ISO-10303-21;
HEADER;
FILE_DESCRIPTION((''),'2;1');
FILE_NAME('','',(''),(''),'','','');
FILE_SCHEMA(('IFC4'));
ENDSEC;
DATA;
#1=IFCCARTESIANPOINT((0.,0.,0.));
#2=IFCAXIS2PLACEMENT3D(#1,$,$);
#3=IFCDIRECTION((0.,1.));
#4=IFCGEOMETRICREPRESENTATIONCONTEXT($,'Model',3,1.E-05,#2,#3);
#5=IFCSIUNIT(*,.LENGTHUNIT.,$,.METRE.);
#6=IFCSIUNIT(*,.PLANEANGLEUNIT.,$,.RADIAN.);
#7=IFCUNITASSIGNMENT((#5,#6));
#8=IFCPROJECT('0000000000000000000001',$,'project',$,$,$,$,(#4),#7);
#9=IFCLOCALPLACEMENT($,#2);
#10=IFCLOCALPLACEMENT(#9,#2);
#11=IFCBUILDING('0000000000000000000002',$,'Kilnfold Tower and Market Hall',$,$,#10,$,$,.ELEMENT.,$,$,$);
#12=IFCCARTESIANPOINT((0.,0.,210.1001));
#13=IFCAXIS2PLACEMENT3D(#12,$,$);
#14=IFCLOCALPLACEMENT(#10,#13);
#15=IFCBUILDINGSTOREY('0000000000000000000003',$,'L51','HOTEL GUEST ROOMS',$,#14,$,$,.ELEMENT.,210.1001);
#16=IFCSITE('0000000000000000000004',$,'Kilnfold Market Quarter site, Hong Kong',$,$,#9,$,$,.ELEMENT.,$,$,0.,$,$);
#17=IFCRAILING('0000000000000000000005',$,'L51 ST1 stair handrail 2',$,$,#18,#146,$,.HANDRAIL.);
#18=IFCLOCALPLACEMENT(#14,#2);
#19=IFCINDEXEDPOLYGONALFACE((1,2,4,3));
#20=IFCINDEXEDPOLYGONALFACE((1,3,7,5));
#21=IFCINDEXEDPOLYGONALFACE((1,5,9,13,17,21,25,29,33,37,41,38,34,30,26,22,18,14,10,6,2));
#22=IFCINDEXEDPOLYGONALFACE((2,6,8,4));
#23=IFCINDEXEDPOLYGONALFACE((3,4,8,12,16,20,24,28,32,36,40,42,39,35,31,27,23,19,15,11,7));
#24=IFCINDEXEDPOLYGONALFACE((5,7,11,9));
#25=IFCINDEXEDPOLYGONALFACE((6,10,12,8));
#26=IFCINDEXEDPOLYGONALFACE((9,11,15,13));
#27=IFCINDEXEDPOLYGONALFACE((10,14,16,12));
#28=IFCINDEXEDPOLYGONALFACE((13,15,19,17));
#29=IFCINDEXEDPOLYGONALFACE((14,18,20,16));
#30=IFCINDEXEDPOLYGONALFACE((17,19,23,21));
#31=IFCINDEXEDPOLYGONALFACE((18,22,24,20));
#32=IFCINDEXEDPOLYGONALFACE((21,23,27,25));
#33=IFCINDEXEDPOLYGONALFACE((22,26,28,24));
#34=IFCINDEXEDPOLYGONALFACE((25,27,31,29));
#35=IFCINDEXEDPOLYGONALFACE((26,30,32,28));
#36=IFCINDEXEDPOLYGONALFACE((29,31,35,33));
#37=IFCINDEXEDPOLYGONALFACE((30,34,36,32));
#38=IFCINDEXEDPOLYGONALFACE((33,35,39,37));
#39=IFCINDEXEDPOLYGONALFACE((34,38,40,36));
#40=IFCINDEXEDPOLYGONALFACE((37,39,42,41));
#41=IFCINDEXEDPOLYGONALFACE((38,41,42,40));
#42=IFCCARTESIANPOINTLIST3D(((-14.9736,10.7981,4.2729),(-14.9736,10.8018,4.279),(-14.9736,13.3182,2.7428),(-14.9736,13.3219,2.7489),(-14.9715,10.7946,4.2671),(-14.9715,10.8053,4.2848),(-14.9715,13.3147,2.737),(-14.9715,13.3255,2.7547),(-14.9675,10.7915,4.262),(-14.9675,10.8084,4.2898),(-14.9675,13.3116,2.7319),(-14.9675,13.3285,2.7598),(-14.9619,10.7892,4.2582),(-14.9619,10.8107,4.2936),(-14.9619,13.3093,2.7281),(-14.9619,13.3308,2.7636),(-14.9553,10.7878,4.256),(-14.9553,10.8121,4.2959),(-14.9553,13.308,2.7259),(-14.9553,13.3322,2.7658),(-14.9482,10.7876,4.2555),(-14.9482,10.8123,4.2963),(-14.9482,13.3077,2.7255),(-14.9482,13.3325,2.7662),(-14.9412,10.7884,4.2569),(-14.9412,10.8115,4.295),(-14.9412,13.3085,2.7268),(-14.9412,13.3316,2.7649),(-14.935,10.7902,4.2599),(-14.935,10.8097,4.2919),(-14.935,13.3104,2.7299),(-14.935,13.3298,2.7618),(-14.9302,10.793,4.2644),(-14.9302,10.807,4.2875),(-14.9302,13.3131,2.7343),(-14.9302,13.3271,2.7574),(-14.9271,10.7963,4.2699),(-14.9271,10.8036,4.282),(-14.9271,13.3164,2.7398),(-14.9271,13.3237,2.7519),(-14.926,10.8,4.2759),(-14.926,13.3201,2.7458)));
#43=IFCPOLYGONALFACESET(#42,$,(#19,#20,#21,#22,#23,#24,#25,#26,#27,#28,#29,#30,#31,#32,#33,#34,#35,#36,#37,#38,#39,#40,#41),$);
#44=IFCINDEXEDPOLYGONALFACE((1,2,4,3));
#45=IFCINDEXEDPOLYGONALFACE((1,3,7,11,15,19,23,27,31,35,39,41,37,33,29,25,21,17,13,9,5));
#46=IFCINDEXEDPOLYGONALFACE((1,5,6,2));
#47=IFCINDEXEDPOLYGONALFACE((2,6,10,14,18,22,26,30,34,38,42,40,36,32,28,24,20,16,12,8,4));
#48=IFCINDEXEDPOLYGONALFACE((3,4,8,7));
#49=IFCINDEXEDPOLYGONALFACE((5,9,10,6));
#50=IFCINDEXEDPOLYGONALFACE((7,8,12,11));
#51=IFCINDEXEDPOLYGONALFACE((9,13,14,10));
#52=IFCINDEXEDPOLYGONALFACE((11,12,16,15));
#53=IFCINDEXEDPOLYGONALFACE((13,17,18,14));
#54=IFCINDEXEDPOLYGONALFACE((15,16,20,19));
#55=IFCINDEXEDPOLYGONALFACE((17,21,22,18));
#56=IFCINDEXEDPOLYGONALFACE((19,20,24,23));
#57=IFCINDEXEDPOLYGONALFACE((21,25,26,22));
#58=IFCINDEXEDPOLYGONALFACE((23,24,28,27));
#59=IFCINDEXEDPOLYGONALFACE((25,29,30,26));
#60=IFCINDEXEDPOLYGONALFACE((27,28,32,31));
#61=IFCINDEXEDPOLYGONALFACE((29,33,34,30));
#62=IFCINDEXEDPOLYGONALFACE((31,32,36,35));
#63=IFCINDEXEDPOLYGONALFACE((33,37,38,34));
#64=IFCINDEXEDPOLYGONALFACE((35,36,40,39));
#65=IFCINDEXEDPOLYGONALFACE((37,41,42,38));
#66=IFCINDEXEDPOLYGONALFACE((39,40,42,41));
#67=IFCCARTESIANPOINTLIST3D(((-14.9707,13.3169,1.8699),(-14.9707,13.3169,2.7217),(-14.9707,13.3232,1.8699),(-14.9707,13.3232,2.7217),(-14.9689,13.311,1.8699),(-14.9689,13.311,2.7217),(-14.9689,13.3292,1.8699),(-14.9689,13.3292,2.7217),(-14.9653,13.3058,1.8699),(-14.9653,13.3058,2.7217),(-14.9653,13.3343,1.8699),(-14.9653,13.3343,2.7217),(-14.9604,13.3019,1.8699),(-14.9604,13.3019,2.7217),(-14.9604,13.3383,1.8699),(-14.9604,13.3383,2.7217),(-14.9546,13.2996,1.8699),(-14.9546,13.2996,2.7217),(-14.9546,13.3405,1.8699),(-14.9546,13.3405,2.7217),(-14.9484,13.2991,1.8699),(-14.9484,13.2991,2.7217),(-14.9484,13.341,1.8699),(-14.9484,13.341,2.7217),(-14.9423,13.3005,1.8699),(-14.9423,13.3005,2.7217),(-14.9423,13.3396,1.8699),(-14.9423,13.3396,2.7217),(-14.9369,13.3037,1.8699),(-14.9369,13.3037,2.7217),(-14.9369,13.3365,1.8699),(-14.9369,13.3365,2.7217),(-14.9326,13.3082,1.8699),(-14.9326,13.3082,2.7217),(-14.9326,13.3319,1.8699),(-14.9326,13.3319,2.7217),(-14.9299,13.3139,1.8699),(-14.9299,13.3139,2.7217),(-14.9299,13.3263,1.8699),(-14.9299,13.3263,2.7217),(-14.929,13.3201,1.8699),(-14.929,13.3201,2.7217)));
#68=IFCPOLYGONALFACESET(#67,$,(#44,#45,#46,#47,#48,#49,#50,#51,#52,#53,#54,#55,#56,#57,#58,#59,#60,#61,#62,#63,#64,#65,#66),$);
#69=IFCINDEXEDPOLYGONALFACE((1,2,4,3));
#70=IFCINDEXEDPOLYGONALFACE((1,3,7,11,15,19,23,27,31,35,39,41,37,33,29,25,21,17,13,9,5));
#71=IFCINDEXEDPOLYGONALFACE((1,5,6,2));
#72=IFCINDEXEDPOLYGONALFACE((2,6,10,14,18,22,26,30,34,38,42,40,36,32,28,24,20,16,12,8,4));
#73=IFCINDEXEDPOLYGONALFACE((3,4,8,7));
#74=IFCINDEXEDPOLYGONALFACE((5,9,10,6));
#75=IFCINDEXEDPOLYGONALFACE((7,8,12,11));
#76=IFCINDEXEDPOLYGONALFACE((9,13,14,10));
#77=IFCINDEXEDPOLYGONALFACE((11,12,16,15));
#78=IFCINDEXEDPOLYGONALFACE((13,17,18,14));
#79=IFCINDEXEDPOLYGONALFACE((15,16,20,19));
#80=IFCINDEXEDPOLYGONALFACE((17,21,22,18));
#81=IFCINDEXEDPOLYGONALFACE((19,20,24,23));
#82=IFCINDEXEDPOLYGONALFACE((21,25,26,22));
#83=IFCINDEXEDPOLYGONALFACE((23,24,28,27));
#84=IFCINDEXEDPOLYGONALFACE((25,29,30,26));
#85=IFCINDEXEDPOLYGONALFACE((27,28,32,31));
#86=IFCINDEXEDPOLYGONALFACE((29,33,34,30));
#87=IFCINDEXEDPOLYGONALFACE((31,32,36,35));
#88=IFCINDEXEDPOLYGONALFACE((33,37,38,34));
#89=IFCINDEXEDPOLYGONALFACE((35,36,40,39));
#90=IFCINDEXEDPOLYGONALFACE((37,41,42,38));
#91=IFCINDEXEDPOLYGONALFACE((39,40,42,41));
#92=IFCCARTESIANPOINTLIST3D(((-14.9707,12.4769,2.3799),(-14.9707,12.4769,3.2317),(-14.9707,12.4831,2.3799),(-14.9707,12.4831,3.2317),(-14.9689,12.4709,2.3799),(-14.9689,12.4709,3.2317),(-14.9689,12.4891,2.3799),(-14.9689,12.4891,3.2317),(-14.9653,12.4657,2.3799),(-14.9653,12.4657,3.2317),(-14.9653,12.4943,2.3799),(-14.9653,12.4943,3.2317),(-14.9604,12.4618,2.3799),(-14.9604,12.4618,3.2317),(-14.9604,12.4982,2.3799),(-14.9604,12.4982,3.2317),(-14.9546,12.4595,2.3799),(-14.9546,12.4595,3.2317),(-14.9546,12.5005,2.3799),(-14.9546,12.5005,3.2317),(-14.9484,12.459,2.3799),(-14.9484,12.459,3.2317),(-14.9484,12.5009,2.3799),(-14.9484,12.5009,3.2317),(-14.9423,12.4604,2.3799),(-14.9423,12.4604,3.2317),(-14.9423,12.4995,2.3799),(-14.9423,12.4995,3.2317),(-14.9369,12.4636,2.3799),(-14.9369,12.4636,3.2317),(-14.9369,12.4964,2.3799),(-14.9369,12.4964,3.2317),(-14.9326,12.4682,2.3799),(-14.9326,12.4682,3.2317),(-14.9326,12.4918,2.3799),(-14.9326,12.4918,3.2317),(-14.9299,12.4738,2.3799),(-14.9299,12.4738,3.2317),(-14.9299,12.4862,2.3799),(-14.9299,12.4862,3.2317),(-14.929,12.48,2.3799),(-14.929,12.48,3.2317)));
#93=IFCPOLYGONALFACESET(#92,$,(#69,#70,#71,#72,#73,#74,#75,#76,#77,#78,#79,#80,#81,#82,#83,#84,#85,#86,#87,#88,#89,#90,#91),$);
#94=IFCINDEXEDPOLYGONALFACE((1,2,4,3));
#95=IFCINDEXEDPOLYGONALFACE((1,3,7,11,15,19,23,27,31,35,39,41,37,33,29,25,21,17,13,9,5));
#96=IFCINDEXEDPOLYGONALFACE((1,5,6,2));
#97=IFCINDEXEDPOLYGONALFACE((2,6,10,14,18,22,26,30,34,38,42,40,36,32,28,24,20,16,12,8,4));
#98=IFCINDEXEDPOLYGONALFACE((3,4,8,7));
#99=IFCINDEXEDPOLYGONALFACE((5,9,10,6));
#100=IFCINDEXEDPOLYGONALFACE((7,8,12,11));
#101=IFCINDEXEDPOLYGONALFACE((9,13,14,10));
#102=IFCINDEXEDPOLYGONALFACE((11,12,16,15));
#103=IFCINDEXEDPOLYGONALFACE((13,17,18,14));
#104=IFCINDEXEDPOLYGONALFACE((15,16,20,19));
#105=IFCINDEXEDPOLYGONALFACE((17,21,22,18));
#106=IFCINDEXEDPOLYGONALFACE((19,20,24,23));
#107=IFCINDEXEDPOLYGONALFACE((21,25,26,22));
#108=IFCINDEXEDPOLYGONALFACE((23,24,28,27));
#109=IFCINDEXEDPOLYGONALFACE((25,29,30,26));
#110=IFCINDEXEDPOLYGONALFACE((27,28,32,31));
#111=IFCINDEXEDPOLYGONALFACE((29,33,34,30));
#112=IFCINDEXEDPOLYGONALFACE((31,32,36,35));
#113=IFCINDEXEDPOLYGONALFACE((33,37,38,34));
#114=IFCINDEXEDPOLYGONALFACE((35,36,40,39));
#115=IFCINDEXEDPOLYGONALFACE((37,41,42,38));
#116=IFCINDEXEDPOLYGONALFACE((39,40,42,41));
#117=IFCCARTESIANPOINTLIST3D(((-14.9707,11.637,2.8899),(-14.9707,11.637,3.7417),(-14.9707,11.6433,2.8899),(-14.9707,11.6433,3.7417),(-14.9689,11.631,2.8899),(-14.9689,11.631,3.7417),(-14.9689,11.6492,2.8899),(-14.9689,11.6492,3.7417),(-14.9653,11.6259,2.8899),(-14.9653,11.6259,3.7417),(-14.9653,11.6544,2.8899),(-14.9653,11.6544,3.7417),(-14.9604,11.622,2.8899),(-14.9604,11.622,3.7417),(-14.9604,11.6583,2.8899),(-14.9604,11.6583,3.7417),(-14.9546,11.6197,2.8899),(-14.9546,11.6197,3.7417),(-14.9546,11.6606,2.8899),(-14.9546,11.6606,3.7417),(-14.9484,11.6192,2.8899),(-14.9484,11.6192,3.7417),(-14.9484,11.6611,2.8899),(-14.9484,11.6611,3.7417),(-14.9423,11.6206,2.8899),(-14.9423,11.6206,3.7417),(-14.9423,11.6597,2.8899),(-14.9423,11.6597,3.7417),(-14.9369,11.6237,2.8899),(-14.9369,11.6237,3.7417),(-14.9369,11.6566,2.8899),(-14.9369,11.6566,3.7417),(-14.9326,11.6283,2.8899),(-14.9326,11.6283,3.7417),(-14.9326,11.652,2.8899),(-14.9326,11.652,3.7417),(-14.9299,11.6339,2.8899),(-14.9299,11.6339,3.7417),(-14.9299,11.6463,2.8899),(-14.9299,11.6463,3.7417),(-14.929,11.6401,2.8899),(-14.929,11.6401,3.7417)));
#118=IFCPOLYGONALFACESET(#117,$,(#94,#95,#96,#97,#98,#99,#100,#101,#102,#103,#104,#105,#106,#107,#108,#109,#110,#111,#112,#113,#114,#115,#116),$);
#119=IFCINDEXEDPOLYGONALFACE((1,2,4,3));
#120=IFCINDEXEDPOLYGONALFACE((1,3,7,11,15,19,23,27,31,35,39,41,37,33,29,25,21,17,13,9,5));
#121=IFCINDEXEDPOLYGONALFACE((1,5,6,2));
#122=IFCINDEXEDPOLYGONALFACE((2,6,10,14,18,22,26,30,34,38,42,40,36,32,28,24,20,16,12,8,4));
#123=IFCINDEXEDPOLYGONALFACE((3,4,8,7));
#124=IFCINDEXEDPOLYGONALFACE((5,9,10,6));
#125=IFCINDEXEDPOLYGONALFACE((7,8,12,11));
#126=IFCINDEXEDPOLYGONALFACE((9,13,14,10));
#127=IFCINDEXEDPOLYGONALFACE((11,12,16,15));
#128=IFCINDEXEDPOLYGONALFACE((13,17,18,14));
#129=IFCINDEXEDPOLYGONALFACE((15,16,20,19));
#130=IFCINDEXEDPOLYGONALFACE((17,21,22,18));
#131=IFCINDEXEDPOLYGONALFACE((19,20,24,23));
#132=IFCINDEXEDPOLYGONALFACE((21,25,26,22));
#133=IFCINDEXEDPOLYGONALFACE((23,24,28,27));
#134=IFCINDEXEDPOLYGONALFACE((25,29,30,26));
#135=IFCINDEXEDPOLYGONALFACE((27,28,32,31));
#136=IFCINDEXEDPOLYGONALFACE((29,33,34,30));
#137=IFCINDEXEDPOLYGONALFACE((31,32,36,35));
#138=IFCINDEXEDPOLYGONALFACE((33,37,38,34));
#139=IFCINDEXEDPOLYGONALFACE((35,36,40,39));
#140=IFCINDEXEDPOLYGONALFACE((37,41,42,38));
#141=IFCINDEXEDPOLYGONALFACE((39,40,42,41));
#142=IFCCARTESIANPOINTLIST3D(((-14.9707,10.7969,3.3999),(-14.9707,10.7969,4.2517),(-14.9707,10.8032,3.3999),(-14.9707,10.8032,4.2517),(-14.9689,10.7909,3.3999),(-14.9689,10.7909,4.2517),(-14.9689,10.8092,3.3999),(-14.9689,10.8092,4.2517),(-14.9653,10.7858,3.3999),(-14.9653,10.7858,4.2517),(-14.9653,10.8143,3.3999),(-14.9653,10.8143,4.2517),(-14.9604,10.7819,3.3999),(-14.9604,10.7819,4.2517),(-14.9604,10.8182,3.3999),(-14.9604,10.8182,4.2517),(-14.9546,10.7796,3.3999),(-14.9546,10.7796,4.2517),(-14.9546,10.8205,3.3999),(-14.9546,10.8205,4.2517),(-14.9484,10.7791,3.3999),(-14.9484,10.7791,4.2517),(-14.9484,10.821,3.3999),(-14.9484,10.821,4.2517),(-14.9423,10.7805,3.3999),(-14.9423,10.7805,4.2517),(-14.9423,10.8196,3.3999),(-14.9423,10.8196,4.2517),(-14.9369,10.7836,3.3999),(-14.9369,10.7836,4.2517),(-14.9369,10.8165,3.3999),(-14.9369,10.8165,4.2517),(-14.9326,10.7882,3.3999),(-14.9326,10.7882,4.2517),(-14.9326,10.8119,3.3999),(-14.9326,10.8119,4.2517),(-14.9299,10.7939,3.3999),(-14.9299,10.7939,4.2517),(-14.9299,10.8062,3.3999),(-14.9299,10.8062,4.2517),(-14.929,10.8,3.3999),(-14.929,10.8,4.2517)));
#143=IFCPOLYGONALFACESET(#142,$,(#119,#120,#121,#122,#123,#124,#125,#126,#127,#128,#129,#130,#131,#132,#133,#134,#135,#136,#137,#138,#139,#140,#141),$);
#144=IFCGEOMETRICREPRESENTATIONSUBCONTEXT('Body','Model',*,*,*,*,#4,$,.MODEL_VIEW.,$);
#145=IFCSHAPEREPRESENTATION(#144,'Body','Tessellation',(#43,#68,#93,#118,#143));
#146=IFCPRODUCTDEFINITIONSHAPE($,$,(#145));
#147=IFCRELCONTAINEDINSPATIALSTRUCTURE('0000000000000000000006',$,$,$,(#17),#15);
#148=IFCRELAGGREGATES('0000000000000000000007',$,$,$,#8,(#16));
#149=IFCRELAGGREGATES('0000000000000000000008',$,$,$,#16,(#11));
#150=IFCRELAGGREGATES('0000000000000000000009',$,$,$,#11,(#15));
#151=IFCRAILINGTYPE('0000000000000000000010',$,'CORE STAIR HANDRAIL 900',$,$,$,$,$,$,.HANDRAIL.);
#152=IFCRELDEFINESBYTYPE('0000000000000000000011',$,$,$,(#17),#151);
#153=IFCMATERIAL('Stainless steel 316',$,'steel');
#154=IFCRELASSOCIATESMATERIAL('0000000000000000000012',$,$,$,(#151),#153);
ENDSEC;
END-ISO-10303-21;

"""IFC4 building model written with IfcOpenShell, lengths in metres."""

from ifc_helpers import new_model, si_unit, direction, frame, origin, origin_2d, place, context, subcontext, project, spatial, circle, extrude, material, type_object, element, save


model = new_model("IFC4")

# Units and contexts
model_context = context("Model", 3, precision=1e-05, world=origin(), true_north=direction((0.0, 1.0)))
body_context = subcontext(model_context, "Body", "Model", "MODEL_VIEW")
ifc_project = project(units=[si_unit("LENGTHUNIT", "METRE"), si_unit("PLANEANGLEUNIT", "RADIAN")], contexts=[model_context])

# Site, building, storey
site_placement = place(None, origin())
site = spatial("IfcSite", under=ifc_project, at=site_placement, Name="Kilnfold Market Quarter site, Hong Kong", CompositionType="ELEMENT", RefElevation=0.0)
building_placement = place(site_placement, origin())
building = spatial("IfcBuilding", under=site, at=building_placement, Name="Kilnfold Tower and Market Hall", CompositionType="ELEMENT")
storey_placement = place(building_placement, frame((0.0, 0.0, 210.1001)))
storey = spatial("IfcBuildingStorey", under=building, at=storey_placement, Name="L51", Description="HOTEL GUEST ROOMS", CompositionType="ELEMENT", Elevation=210.1001)

# Railing
ifc_material_1 = material(Name="Stainless steel 316", Category="steel")
railing_type_1 = type_object("IfcRailingType", Name="CORE STAIR HANDRAIL 900", PredefinedType="HANDRAIL", material=ifc_material_1)
railing_1_placement = place(storey_placement, frame((-14.95, 13.3201, 1.8699)))
element("IfcRailing", 1, at=railing_1_placement, inside=storey, type_object=railing_type_1, Name="L51 ST1 stair handrail 2", PredefinedType="HANDRAIL", context=body_context, shape_type="SweptSolid", body=[
    extrude(circle(Radius=0.0239, at=origin_2d()), frame((0.0, 0.0, 0.876), z_axis=(0.0, -0.854785, 0.518982), x_axis=(1.0, 0.0, 0.0)), (0.0, 0.0, 1.0), 2.9482),
    extrude(circle(Radius=0.021, at=origin_2d()), origin(), (0.0, 0.0, 1.0), 0.8518),
    extrude(circle(Radius=0.021, at=origin_2d()), frame((0.0, -0.8401, 0.51)), (0.0, 0.0, 1.0), 0.8518),
    extrude(circle(Radius=0.021, at=origin_2d()), frame((0.0, -1.6799, 1.02)), (0.0, 0.0, 1.0), 0.8518),
    extrude(circle(Radius=0.021, at=origin_2d()), frame((0.0, -2.52, 1.53)), (0.0, 0.0, 1.0), 0.8518),
])

save(model, "model.ifc")
